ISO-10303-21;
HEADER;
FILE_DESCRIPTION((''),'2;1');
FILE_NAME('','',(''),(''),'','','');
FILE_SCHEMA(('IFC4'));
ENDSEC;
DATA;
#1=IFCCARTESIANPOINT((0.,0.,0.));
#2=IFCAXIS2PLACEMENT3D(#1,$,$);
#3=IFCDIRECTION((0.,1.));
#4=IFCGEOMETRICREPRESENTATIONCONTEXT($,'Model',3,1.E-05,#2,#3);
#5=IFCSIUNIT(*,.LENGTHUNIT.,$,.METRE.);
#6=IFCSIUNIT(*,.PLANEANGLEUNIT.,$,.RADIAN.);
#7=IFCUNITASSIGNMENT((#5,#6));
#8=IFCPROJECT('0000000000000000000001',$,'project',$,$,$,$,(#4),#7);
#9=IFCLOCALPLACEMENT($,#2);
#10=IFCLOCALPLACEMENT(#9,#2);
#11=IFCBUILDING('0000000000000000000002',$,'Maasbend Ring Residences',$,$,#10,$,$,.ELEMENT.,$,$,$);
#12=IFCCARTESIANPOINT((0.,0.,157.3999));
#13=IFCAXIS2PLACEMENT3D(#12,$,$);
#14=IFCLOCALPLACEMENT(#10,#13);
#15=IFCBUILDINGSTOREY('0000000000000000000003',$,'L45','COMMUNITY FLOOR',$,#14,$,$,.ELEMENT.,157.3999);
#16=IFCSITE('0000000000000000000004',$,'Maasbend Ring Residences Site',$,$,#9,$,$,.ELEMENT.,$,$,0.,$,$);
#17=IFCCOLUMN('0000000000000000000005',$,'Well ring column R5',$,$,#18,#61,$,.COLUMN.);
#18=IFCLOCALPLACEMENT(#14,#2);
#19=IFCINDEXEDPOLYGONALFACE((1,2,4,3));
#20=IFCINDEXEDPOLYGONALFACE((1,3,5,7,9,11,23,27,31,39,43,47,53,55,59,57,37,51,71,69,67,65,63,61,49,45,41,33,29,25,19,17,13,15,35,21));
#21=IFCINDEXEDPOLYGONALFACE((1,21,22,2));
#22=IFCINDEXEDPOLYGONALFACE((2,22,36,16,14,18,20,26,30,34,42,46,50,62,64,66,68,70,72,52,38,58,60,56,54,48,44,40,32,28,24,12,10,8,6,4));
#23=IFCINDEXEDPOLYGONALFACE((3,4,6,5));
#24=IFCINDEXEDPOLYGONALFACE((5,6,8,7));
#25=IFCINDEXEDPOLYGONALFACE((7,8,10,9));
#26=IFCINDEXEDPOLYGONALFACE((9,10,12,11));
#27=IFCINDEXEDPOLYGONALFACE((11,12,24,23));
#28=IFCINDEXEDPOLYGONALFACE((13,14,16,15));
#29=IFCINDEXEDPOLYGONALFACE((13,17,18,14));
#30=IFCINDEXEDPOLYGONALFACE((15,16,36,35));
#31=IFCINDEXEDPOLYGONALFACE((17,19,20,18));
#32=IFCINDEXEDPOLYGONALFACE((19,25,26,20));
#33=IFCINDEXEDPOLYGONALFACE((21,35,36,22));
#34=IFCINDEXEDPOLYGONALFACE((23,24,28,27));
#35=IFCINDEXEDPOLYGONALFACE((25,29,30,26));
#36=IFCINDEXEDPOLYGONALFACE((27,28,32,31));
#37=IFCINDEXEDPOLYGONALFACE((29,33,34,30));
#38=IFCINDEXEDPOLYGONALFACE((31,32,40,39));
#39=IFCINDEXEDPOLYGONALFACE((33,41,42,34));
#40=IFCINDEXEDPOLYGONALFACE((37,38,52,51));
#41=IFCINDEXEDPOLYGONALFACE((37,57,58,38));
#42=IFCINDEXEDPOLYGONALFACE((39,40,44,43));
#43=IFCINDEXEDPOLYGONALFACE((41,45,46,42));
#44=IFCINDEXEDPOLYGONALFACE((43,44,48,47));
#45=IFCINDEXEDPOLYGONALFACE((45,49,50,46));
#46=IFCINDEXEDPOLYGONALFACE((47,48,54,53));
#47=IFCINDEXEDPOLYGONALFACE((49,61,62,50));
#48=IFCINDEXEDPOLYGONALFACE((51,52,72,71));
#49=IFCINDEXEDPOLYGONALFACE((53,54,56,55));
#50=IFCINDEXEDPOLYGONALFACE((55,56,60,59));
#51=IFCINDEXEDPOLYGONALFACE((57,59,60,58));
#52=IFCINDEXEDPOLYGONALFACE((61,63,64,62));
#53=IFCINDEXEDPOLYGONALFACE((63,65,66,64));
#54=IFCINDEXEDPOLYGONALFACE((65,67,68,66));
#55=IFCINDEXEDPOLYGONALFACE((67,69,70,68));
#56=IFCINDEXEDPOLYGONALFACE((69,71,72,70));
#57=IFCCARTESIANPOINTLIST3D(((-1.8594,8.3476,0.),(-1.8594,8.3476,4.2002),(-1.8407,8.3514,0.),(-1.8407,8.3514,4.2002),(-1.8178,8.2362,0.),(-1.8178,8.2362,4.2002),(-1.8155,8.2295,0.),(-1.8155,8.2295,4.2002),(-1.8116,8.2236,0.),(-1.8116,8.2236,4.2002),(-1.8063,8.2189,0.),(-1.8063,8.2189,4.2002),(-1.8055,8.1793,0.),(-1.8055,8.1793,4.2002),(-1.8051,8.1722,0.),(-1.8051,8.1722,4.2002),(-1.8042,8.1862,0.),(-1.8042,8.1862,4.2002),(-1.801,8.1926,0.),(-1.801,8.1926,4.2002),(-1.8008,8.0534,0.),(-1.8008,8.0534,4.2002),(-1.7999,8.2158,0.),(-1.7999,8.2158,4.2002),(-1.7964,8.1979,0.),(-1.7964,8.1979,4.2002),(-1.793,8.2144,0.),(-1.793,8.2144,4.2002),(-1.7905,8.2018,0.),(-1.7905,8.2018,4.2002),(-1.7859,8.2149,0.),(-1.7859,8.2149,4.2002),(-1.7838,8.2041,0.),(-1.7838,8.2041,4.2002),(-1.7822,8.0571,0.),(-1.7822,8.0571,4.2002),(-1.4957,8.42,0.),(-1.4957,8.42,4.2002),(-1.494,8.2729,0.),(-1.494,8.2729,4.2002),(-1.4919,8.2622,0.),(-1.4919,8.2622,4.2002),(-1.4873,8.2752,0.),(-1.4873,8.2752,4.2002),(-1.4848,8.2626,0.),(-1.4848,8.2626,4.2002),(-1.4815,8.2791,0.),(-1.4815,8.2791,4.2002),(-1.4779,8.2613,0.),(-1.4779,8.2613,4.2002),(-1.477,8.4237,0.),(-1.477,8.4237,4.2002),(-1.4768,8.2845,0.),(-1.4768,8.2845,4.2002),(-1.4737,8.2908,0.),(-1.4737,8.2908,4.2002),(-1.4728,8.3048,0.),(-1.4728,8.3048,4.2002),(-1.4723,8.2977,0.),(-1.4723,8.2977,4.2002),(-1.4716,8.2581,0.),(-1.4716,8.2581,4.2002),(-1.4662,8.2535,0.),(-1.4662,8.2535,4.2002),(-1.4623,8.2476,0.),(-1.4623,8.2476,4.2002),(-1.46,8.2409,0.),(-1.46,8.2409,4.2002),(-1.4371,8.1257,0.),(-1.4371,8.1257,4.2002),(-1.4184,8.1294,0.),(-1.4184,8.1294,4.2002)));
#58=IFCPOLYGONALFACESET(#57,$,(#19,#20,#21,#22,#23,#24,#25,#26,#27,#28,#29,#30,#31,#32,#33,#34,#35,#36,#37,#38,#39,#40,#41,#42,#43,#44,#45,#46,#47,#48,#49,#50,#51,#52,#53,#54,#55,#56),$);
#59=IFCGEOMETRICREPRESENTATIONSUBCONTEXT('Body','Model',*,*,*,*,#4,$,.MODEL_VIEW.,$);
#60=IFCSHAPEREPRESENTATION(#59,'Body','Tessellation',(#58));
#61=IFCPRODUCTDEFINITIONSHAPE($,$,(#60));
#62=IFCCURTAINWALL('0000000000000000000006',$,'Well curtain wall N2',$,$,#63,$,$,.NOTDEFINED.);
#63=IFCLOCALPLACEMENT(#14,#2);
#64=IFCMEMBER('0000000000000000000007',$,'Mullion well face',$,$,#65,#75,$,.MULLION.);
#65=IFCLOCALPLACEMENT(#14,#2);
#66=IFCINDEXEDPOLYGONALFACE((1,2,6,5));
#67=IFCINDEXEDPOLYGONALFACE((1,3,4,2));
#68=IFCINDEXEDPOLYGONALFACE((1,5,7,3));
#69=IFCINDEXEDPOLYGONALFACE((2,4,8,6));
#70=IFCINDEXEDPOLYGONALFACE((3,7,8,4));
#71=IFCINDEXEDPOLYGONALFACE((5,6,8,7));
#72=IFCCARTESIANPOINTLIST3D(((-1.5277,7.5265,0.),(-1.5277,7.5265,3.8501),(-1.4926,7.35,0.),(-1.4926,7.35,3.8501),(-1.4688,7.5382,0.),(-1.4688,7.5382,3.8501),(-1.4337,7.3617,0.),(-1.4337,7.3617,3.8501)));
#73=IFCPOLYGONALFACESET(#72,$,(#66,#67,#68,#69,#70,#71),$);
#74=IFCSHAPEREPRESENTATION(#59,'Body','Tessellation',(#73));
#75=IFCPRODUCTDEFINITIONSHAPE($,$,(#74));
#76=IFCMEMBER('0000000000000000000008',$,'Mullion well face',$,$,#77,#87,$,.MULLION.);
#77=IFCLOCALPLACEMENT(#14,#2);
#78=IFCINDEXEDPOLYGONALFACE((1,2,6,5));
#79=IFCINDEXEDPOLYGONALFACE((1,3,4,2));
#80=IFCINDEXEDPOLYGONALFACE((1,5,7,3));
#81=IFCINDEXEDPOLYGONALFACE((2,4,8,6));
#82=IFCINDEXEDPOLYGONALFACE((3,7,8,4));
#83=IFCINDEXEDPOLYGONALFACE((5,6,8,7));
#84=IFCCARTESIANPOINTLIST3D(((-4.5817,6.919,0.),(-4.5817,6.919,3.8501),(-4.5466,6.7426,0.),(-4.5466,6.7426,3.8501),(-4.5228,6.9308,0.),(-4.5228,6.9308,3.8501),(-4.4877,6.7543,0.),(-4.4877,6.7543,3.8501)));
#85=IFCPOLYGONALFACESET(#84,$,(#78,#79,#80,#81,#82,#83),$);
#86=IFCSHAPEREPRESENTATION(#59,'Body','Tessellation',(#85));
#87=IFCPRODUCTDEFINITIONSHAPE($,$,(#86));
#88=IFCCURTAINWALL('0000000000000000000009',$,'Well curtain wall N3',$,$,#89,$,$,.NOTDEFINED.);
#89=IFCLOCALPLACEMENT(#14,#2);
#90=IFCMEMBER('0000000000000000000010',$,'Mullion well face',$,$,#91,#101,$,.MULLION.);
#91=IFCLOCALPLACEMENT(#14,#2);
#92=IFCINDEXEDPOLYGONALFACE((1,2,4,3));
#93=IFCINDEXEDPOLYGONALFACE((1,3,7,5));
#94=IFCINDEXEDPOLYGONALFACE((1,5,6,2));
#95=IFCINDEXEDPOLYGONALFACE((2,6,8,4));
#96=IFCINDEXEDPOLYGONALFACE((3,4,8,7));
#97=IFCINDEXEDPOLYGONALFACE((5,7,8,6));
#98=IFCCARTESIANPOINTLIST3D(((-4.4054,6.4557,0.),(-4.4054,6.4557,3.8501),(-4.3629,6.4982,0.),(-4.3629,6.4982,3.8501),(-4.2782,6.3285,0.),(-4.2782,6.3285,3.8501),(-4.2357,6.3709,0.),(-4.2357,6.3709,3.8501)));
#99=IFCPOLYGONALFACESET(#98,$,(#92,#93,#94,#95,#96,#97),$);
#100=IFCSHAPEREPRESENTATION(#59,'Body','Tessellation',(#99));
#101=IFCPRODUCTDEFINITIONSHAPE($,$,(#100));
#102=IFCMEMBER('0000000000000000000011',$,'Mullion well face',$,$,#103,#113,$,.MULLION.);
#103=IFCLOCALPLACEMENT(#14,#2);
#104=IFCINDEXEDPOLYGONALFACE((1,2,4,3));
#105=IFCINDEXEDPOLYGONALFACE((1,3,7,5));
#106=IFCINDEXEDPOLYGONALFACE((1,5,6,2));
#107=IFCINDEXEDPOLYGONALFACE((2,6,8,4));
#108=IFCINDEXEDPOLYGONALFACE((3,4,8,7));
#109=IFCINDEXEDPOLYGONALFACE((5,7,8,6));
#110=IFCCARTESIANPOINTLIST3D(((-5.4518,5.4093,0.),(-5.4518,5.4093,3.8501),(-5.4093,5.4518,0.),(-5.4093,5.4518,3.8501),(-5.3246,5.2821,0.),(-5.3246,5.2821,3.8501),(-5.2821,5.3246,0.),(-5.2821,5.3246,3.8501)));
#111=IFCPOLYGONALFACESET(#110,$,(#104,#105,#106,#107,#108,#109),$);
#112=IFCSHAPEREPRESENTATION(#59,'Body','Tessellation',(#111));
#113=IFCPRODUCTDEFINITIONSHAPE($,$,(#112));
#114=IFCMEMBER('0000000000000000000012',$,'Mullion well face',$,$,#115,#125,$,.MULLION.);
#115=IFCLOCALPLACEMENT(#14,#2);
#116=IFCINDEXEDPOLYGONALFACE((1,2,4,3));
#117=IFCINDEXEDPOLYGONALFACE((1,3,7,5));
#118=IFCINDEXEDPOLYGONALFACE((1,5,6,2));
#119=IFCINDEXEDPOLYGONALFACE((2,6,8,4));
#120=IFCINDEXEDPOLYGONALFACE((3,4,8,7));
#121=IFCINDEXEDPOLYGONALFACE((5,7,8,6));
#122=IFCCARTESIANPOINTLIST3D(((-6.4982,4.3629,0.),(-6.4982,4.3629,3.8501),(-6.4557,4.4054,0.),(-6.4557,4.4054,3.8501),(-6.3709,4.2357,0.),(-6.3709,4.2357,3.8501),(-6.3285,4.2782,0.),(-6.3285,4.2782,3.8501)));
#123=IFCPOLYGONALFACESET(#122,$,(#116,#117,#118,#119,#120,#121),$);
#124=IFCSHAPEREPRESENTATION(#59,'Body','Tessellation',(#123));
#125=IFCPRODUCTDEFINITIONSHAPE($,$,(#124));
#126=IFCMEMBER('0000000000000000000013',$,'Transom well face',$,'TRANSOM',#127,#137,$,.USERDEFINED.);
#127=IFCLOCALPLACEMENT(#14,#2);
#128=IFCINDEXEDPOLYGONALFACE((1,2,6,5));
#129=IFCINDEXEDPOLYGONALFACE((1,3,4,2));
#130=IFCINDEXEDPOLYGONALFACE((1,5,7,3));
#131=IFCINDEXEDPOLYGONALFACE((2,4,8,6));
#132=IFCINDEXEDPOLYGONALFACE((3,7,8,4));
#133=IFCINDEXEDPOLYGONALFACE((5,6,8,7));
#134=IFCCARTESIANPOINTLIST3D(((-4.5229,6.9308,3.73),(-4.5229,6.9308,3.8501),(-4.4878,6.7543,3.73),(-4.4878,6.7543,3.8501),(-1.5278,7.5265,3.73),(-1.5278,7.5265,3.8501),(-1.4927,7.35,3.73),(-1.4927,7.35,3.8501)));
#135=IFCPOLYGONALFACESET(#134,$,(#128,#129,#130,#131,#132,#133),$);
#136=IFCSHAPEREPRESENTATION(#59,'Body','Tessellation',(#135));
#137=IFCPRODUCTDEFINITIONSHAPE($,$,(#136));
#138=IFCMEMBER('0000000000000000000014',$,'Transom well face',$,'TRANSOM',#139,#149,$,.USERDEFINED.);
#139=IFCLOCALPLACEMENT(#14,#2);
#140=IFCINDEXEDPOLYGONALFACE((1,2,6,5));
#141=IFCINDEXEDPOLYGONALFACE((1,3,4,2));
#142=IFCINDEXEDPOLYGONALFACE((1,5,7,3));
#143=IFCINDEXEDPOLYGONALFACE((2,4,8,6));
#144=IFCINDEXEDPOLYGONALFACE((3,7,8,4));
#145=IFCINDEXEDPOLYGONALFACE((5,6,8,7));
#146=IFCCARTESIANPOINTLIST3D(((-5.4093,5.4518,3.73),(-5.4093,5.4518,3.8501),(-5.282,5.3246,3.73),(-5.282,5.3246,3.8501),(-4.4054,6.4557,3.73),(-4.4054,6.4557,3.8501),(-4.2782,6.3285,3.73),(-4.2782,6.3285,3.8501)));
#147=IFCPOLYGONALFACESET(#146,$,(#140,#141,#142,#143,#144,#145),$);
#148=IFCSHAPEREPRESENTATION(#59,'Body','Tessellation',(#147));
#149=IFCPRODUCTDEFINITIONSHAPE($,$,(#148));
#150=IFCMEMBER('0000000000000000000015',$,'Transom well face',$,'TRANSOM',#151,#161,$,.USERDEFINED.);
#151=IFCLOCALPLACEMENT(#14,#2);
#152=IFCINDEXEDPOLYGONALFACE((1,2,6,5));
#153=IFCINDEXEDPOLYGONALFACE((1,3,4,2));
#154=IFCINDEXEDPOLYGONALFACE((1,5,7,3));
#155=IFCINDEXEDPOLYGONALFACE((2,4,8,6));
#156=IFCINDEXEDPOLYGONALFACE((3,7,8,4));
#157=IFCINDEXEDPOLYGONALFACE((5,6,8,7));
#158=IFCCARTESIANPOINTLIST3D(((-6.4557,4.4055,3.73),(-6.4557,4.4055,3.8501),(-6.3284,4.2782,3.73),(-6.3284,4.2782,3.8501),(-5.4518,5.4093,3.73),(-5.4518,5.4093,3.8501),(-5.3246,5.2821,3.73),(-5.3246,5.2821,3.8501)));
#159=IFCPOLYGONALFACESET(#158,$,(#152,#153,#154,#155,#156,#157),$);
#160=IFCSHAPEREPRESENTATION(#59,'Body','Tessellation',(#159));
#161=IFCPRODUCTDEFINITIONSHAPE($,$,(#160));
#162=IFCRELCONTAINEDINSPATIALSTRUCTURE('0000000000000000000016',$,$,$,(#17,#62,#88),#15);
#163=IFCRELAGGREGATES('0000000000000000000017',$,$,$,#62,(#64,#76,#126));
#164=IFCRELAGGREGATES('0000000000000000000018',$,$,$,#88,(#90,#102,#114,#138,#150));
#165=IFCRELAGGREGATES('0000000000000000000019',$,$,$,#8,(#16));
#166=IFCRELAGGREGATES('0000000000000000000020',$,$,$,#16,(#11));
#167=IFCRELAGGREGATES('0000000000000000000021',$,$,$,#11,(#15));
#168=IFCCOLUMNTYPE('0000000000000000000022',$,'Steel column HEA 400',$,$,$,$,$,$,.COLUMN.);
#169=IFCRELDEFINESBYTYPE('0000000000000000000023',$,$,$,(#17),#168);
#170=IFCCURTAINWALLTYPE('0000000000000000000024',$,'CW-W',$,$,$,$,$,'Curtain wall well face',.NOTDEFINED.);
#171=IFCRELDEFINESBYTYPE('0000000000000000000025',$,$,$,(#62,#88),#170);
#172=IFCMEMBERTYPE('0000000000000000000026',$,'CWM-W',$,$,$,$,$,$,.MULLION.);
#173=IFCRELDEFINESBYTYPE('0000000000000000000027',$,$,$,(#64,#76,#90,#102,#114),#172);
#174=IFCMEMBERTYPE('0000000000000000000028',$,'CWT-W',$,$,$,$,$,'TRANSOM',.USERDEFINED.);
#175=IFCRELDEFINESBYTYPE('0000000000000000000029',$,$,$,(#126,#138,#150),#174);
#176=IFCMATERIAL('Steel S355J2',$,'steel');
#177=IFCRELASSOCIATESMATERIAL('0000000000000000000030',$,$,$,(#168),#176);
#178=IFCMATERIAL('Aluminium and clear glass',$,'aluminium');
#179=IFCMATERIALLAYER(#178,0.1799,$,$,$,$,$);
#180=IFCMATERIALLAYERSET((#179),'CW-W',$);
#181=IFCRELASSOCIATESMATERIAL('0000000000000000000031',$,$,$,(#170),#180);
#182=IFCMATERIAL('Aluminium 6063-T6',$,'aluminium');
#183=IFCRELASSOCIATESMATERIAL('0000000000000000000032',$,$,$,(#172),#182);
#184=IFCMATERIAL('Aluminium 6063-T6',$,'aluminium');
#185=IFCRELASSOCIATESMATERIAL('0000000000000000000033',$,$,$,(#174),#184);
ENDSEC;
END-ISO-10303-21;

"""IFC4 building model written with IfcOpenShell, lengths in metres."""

from ifc_helpers import new_model, si_unit, direction, frame, origin, origin_2d, place, context, subcontext, project, spatial, rectangle, i_section, extrude, material, layer, layer_set, material_profile, profile_set, type_object, element, aggregate, save


model = new_model("IFC4")

# Units and contexts
model_context = context("Model", 3, precision=1e-05, world=origin(), true_north=direction((0.0, 1.0)))
body_context = subcontext(model_context, "Body", "Model", "MODEL_VIEW")
ifc_project = project(units=[si_unit("LENGTHUNIT", "METRE"), si_unit("PLANEANGLEUNIT", "RADIAN")], contexts=[model_context])

# Site, building, storey
site_placement = place(None, origin())
site = spatial("IfcSite", under=ifc_project, at=site_placement, Name="Maasbend Ring Residences Site", CompositionType="ELEMENT", RefElevation=0.0)
building_placement = place(site_placement, origin())
building = spatial("IfcBuilding", under=site, at=building_placement, Name="Maasbend Ring Residences", CompositionType="ELEMENT")
storey_placement = place(building_placement, frame((0.0, 0.0, 157.3999)))
storey = spatial("IfcBuildingStorey", under=building, at=storey_placement, Name="L45", Description="COMMUNITY FLOOR", CompositionType="ELEMENT", Elevation=157.3999)

# Column
ifc_material_1 = material(Name="Steel S355J2", Category="steel")
ifc_material_profile_1 = material_profile(ifc_material_1, i_section(OverallWidth=0.3, OverallDepth=0.3899, WebThickness=0.011, FlangeThickness=0.019, FilletRadius=0.0271, at=origin_2d()), Name="HEA 400")
ifc_profile_set_1 = profile_set([ifc_material_profile_1], Name="Steel S355J2")
column_type = type_object("IfcColumnType", Name="Steel column HEA 400", PredefinedType="COLUMN", material=ifc_profile_set_1)
column_placement = place(storey_placement, frame((-1.6389, 8.2385, 0.0), z_axis=(0.0, 0.0, 1.0), x_axis=(-0.19509, 0.980785, 0.0)))
element("IfcColumn", 1, at=column_placement, inside=storey, type_object=column_type, Name="Well ring column R5", PredefinedType="COLUMN", context=body_context, shape_type="SweptSolid", body=[
    extrude(i_section(OverallWidth=0.3, OverallDepth=0.3899, WebThickness=0.011, FlangeThickness=0.019, FilletRadius=0.0271, at=origin_2d()), origin(), (0.0, 0.0, 1.0), 4.2002),
])

# Curtain walls, members
ifc_material_2 = material(Name="Aluminium and clear glass", Category="aluminium")
ifc_layer_1 = layer(ifc_material_2, 0.1799)
ifc_layer_set_1 = layer_set([ifc_layer_1], Name="CW-W")
curtain_wall_type = type_object("IfcCurtainWallType", Name="CW-W", ElementType="Curtain wall well face", PredefinedType="NOTDEFINED", material=ifc_layer_set_1)
curtain_wall_1_placement = place(storey_placement, origin())
curtain_wall_1 = element("IfcCurtainWall", 2, at=curtain_wall_1_placement, inside=storey, type_object=curtain_wall_type, Name="Well curtain wall N2", PredefinedType="NOTDEFINED")
ifc_material_3 = material(Name="Aluminium 6063-T6", Category="aluminium")
ifc_material_profile_2 = material_profile(ifc_material_3, rectangle(XDim=0.1799, YDim=0.0601, at=origin_2d()), Name="AL 180x60")
ifc_profile_set_2 = profile_set([ifc_material_profile_2], Name="Aluminium 6063-T6")
member_type_1 = type_object("IfcMemberType", Name="CWM-W", PredefinedType="MULLION", material=ifc_profile_set_2)
member_1_placement = place(storey_placement, frame((-1.4807, 7.4441, 0.0), z_axis=(0.0, 0.0, 1.0), x_axis=(0.19509, -0.980785, 0.0)))
member_1 = element("IfcMember", 3, at=member_1_placement, type_object=member_type_1, Name="Mullion well face", PredefinedType="MULLION", context=body_context, shape_type="SweptSolid", body=[
    extrude(rectangle(XDim=0.1799, YDim=0.0601, at=origin_2d()), origin(), (0.0, 0.0, 1.0), 3.8501),
])
member_2_placement = place(storey_placement, frame((-4.5347, 6.8367, 0.0), z_axis=(0.0, 0.0, 1.0), x_axis=(0.19509, -0.980785, 0.0)))
member_2 = element("IfcMember", 4, at=member_2_placement, type_object=member_type_1, Name="Mullion well face", PredefinedType="MULLION", context=body_context, shape_type="SweptSolid", body=[
    extrude(rectangle(XDim=0.1799, YDim=0.0601, at=origin_2d()), origin(), (0.0, 0.0, 1.0), 3.8501),
])
curtain_wall_2_placement = place(storey_placement, origin())
curtain_wall_2 = element("IfcCurtainWall", 5, at=curtain_wall_2_placement, inside=storey, type_object=curtain_wall_type, Name="Well curtain wall N3", PredefinedType="NOTDEFINED")
member_3_placement = place(storey_placement, frame((-4.3206, 6.4133, 0.0), z_axis=(0.0, 0.0, 1.0), x_axis=(0.707107, -0.707107, 0.0)))
member_3 = element("IfcMember", 6, at=member_3_placement, type_object=member_type_1, Name="Mullion well face", PredefinedType="MULLION", context=body_context, shape_type="SweptSolid", body=[
    extrude(rectangle(XDim=0.1799, YDim=0.0601, at=origin_2d()), origin(), (0.0, 0.0, 1.0), 3.8501),
])
member_4_placement = place(storey_placement, frame((-5.3669, 5.3669, 0.0), z_axis=(0.0, 0.0, 1.0), x_axis=(0.707107, -0.707107, 0.0)))
member_4 = element("IfcMember", 7, at=member_4_placement, type_object=member_type_1, Name="Mullion well face", PredefinedType="MULLION", context=body_context, shape_type="SweptSolid", body=[
    extrude(rectangle(XDim=0.1799, YDim=0.0601, at=origin_2d()), origin(), (0.0, 0.0, 1.0), 3.8501),
])
member_5_placement = place(storey_placement, frame((-6.4133, 4.3206, 0.0), z_axis=(0.0, 0.0, 1.0), x_axis=(0.707107, -0.707107, 0.0)))
member_5 = element("IfcMember", 8, at=member_5_placement, type_object=member_type_1, Name="Mullion well face", PredefinedType="MULLION", context=body_context, shape_type="SweptSolid", body=[
    extrude(rectangle(XDim=0.1799, YDim=0.0601, at=origin_2d()), origin(), (0.0, 0.0, 1.0), 3.8501),
])

# Members
ifc_material_4 = material(Name="Aluminium 6063-T6", Category="aluminium")
ifc_material_profile_3 = material_profile(ifc_material_4, rectangle(XDim=0.1799, YDim=0.1201, at=origin_2d()), Name="AL 180x120")
ifc_profile_set_3 = profile_set([ifc_material_profile_3], Name="Aluminium 6063-T6")
member_type_2 = type_object("IfcMemberType", Name="CWT-W", ElementType="TRANSOM", PredefinedType="USERDEFINED", material=ifc_profile_set_3)
member_6_placement = place(storey_placement, frame((-1.5103, 7.4382, 3.79), z_axis=(-0.980789, -0.195071, 0.0), x_axis=(0.195071, -0.980789, 0.0)))
member_6 = element("IfcMember", 9, at=member_6_placement, type_object=member_type_2, Name="Transom well face", ObjectType="TRANSOM", PredefinedType="USERDEFINED", context=body_context, shape_type="SweptSolid", body=[
    extrude(rectangle(XDim=0.1799, YDim=0.1201, at=origin_2d()), origin(), (0.0, 0.0, 1.0), 3.0537),
])
member_7_placement = place(storey_placement, frame((-4.3418, 6.3921, 3.79), z_axis=(-0.707107, -0.707107, 0.0), x_axis=(0.707107, -0.707107, 0.0)))
member_7 = element("IfcMember", 10, at=member_7_placement, type_object=member_type_2, Name="Transom well face", ObjectType="TRANSOM", PredefinedType="USERDEFINED", context=body_context, shape_type="SweptSolid", body=[
    extrude(rectangle(XDim=0.1799, YDim=0.1201, at=origin_2d()), origin(), (0.0, 0.0, 1.0), 1.4197),
])
member_8_placement = place(storey_placement, frame((-5.3882, 5.3457, 3.79), z_axis=(-0.707107, -0.707107, 0.0), x_axis=(0.707107, -0.707107, 0.0)))
member_8 = element("IfcMember", 11, at=member_8_placement, type_object=member_type_2, Name="Transom well face", ObjectType="TRANSOM", PredefinedType="USERDEFINED", context=body_context, shape_type="SweptSolid", body=[
    extrude(rectangle(XDim=0.1799, YDim=0.1201, at=origin_2d()), origin(), (0.0, 0.0, 1.0), 1.4197),
])

aggregate(curtain_wall_1, [member_1, member_2, member_6])
aggregate(curtain_wall_2, [member_3, member_4, member_5, member_7, member_8])

save(model, "model.ifc")
